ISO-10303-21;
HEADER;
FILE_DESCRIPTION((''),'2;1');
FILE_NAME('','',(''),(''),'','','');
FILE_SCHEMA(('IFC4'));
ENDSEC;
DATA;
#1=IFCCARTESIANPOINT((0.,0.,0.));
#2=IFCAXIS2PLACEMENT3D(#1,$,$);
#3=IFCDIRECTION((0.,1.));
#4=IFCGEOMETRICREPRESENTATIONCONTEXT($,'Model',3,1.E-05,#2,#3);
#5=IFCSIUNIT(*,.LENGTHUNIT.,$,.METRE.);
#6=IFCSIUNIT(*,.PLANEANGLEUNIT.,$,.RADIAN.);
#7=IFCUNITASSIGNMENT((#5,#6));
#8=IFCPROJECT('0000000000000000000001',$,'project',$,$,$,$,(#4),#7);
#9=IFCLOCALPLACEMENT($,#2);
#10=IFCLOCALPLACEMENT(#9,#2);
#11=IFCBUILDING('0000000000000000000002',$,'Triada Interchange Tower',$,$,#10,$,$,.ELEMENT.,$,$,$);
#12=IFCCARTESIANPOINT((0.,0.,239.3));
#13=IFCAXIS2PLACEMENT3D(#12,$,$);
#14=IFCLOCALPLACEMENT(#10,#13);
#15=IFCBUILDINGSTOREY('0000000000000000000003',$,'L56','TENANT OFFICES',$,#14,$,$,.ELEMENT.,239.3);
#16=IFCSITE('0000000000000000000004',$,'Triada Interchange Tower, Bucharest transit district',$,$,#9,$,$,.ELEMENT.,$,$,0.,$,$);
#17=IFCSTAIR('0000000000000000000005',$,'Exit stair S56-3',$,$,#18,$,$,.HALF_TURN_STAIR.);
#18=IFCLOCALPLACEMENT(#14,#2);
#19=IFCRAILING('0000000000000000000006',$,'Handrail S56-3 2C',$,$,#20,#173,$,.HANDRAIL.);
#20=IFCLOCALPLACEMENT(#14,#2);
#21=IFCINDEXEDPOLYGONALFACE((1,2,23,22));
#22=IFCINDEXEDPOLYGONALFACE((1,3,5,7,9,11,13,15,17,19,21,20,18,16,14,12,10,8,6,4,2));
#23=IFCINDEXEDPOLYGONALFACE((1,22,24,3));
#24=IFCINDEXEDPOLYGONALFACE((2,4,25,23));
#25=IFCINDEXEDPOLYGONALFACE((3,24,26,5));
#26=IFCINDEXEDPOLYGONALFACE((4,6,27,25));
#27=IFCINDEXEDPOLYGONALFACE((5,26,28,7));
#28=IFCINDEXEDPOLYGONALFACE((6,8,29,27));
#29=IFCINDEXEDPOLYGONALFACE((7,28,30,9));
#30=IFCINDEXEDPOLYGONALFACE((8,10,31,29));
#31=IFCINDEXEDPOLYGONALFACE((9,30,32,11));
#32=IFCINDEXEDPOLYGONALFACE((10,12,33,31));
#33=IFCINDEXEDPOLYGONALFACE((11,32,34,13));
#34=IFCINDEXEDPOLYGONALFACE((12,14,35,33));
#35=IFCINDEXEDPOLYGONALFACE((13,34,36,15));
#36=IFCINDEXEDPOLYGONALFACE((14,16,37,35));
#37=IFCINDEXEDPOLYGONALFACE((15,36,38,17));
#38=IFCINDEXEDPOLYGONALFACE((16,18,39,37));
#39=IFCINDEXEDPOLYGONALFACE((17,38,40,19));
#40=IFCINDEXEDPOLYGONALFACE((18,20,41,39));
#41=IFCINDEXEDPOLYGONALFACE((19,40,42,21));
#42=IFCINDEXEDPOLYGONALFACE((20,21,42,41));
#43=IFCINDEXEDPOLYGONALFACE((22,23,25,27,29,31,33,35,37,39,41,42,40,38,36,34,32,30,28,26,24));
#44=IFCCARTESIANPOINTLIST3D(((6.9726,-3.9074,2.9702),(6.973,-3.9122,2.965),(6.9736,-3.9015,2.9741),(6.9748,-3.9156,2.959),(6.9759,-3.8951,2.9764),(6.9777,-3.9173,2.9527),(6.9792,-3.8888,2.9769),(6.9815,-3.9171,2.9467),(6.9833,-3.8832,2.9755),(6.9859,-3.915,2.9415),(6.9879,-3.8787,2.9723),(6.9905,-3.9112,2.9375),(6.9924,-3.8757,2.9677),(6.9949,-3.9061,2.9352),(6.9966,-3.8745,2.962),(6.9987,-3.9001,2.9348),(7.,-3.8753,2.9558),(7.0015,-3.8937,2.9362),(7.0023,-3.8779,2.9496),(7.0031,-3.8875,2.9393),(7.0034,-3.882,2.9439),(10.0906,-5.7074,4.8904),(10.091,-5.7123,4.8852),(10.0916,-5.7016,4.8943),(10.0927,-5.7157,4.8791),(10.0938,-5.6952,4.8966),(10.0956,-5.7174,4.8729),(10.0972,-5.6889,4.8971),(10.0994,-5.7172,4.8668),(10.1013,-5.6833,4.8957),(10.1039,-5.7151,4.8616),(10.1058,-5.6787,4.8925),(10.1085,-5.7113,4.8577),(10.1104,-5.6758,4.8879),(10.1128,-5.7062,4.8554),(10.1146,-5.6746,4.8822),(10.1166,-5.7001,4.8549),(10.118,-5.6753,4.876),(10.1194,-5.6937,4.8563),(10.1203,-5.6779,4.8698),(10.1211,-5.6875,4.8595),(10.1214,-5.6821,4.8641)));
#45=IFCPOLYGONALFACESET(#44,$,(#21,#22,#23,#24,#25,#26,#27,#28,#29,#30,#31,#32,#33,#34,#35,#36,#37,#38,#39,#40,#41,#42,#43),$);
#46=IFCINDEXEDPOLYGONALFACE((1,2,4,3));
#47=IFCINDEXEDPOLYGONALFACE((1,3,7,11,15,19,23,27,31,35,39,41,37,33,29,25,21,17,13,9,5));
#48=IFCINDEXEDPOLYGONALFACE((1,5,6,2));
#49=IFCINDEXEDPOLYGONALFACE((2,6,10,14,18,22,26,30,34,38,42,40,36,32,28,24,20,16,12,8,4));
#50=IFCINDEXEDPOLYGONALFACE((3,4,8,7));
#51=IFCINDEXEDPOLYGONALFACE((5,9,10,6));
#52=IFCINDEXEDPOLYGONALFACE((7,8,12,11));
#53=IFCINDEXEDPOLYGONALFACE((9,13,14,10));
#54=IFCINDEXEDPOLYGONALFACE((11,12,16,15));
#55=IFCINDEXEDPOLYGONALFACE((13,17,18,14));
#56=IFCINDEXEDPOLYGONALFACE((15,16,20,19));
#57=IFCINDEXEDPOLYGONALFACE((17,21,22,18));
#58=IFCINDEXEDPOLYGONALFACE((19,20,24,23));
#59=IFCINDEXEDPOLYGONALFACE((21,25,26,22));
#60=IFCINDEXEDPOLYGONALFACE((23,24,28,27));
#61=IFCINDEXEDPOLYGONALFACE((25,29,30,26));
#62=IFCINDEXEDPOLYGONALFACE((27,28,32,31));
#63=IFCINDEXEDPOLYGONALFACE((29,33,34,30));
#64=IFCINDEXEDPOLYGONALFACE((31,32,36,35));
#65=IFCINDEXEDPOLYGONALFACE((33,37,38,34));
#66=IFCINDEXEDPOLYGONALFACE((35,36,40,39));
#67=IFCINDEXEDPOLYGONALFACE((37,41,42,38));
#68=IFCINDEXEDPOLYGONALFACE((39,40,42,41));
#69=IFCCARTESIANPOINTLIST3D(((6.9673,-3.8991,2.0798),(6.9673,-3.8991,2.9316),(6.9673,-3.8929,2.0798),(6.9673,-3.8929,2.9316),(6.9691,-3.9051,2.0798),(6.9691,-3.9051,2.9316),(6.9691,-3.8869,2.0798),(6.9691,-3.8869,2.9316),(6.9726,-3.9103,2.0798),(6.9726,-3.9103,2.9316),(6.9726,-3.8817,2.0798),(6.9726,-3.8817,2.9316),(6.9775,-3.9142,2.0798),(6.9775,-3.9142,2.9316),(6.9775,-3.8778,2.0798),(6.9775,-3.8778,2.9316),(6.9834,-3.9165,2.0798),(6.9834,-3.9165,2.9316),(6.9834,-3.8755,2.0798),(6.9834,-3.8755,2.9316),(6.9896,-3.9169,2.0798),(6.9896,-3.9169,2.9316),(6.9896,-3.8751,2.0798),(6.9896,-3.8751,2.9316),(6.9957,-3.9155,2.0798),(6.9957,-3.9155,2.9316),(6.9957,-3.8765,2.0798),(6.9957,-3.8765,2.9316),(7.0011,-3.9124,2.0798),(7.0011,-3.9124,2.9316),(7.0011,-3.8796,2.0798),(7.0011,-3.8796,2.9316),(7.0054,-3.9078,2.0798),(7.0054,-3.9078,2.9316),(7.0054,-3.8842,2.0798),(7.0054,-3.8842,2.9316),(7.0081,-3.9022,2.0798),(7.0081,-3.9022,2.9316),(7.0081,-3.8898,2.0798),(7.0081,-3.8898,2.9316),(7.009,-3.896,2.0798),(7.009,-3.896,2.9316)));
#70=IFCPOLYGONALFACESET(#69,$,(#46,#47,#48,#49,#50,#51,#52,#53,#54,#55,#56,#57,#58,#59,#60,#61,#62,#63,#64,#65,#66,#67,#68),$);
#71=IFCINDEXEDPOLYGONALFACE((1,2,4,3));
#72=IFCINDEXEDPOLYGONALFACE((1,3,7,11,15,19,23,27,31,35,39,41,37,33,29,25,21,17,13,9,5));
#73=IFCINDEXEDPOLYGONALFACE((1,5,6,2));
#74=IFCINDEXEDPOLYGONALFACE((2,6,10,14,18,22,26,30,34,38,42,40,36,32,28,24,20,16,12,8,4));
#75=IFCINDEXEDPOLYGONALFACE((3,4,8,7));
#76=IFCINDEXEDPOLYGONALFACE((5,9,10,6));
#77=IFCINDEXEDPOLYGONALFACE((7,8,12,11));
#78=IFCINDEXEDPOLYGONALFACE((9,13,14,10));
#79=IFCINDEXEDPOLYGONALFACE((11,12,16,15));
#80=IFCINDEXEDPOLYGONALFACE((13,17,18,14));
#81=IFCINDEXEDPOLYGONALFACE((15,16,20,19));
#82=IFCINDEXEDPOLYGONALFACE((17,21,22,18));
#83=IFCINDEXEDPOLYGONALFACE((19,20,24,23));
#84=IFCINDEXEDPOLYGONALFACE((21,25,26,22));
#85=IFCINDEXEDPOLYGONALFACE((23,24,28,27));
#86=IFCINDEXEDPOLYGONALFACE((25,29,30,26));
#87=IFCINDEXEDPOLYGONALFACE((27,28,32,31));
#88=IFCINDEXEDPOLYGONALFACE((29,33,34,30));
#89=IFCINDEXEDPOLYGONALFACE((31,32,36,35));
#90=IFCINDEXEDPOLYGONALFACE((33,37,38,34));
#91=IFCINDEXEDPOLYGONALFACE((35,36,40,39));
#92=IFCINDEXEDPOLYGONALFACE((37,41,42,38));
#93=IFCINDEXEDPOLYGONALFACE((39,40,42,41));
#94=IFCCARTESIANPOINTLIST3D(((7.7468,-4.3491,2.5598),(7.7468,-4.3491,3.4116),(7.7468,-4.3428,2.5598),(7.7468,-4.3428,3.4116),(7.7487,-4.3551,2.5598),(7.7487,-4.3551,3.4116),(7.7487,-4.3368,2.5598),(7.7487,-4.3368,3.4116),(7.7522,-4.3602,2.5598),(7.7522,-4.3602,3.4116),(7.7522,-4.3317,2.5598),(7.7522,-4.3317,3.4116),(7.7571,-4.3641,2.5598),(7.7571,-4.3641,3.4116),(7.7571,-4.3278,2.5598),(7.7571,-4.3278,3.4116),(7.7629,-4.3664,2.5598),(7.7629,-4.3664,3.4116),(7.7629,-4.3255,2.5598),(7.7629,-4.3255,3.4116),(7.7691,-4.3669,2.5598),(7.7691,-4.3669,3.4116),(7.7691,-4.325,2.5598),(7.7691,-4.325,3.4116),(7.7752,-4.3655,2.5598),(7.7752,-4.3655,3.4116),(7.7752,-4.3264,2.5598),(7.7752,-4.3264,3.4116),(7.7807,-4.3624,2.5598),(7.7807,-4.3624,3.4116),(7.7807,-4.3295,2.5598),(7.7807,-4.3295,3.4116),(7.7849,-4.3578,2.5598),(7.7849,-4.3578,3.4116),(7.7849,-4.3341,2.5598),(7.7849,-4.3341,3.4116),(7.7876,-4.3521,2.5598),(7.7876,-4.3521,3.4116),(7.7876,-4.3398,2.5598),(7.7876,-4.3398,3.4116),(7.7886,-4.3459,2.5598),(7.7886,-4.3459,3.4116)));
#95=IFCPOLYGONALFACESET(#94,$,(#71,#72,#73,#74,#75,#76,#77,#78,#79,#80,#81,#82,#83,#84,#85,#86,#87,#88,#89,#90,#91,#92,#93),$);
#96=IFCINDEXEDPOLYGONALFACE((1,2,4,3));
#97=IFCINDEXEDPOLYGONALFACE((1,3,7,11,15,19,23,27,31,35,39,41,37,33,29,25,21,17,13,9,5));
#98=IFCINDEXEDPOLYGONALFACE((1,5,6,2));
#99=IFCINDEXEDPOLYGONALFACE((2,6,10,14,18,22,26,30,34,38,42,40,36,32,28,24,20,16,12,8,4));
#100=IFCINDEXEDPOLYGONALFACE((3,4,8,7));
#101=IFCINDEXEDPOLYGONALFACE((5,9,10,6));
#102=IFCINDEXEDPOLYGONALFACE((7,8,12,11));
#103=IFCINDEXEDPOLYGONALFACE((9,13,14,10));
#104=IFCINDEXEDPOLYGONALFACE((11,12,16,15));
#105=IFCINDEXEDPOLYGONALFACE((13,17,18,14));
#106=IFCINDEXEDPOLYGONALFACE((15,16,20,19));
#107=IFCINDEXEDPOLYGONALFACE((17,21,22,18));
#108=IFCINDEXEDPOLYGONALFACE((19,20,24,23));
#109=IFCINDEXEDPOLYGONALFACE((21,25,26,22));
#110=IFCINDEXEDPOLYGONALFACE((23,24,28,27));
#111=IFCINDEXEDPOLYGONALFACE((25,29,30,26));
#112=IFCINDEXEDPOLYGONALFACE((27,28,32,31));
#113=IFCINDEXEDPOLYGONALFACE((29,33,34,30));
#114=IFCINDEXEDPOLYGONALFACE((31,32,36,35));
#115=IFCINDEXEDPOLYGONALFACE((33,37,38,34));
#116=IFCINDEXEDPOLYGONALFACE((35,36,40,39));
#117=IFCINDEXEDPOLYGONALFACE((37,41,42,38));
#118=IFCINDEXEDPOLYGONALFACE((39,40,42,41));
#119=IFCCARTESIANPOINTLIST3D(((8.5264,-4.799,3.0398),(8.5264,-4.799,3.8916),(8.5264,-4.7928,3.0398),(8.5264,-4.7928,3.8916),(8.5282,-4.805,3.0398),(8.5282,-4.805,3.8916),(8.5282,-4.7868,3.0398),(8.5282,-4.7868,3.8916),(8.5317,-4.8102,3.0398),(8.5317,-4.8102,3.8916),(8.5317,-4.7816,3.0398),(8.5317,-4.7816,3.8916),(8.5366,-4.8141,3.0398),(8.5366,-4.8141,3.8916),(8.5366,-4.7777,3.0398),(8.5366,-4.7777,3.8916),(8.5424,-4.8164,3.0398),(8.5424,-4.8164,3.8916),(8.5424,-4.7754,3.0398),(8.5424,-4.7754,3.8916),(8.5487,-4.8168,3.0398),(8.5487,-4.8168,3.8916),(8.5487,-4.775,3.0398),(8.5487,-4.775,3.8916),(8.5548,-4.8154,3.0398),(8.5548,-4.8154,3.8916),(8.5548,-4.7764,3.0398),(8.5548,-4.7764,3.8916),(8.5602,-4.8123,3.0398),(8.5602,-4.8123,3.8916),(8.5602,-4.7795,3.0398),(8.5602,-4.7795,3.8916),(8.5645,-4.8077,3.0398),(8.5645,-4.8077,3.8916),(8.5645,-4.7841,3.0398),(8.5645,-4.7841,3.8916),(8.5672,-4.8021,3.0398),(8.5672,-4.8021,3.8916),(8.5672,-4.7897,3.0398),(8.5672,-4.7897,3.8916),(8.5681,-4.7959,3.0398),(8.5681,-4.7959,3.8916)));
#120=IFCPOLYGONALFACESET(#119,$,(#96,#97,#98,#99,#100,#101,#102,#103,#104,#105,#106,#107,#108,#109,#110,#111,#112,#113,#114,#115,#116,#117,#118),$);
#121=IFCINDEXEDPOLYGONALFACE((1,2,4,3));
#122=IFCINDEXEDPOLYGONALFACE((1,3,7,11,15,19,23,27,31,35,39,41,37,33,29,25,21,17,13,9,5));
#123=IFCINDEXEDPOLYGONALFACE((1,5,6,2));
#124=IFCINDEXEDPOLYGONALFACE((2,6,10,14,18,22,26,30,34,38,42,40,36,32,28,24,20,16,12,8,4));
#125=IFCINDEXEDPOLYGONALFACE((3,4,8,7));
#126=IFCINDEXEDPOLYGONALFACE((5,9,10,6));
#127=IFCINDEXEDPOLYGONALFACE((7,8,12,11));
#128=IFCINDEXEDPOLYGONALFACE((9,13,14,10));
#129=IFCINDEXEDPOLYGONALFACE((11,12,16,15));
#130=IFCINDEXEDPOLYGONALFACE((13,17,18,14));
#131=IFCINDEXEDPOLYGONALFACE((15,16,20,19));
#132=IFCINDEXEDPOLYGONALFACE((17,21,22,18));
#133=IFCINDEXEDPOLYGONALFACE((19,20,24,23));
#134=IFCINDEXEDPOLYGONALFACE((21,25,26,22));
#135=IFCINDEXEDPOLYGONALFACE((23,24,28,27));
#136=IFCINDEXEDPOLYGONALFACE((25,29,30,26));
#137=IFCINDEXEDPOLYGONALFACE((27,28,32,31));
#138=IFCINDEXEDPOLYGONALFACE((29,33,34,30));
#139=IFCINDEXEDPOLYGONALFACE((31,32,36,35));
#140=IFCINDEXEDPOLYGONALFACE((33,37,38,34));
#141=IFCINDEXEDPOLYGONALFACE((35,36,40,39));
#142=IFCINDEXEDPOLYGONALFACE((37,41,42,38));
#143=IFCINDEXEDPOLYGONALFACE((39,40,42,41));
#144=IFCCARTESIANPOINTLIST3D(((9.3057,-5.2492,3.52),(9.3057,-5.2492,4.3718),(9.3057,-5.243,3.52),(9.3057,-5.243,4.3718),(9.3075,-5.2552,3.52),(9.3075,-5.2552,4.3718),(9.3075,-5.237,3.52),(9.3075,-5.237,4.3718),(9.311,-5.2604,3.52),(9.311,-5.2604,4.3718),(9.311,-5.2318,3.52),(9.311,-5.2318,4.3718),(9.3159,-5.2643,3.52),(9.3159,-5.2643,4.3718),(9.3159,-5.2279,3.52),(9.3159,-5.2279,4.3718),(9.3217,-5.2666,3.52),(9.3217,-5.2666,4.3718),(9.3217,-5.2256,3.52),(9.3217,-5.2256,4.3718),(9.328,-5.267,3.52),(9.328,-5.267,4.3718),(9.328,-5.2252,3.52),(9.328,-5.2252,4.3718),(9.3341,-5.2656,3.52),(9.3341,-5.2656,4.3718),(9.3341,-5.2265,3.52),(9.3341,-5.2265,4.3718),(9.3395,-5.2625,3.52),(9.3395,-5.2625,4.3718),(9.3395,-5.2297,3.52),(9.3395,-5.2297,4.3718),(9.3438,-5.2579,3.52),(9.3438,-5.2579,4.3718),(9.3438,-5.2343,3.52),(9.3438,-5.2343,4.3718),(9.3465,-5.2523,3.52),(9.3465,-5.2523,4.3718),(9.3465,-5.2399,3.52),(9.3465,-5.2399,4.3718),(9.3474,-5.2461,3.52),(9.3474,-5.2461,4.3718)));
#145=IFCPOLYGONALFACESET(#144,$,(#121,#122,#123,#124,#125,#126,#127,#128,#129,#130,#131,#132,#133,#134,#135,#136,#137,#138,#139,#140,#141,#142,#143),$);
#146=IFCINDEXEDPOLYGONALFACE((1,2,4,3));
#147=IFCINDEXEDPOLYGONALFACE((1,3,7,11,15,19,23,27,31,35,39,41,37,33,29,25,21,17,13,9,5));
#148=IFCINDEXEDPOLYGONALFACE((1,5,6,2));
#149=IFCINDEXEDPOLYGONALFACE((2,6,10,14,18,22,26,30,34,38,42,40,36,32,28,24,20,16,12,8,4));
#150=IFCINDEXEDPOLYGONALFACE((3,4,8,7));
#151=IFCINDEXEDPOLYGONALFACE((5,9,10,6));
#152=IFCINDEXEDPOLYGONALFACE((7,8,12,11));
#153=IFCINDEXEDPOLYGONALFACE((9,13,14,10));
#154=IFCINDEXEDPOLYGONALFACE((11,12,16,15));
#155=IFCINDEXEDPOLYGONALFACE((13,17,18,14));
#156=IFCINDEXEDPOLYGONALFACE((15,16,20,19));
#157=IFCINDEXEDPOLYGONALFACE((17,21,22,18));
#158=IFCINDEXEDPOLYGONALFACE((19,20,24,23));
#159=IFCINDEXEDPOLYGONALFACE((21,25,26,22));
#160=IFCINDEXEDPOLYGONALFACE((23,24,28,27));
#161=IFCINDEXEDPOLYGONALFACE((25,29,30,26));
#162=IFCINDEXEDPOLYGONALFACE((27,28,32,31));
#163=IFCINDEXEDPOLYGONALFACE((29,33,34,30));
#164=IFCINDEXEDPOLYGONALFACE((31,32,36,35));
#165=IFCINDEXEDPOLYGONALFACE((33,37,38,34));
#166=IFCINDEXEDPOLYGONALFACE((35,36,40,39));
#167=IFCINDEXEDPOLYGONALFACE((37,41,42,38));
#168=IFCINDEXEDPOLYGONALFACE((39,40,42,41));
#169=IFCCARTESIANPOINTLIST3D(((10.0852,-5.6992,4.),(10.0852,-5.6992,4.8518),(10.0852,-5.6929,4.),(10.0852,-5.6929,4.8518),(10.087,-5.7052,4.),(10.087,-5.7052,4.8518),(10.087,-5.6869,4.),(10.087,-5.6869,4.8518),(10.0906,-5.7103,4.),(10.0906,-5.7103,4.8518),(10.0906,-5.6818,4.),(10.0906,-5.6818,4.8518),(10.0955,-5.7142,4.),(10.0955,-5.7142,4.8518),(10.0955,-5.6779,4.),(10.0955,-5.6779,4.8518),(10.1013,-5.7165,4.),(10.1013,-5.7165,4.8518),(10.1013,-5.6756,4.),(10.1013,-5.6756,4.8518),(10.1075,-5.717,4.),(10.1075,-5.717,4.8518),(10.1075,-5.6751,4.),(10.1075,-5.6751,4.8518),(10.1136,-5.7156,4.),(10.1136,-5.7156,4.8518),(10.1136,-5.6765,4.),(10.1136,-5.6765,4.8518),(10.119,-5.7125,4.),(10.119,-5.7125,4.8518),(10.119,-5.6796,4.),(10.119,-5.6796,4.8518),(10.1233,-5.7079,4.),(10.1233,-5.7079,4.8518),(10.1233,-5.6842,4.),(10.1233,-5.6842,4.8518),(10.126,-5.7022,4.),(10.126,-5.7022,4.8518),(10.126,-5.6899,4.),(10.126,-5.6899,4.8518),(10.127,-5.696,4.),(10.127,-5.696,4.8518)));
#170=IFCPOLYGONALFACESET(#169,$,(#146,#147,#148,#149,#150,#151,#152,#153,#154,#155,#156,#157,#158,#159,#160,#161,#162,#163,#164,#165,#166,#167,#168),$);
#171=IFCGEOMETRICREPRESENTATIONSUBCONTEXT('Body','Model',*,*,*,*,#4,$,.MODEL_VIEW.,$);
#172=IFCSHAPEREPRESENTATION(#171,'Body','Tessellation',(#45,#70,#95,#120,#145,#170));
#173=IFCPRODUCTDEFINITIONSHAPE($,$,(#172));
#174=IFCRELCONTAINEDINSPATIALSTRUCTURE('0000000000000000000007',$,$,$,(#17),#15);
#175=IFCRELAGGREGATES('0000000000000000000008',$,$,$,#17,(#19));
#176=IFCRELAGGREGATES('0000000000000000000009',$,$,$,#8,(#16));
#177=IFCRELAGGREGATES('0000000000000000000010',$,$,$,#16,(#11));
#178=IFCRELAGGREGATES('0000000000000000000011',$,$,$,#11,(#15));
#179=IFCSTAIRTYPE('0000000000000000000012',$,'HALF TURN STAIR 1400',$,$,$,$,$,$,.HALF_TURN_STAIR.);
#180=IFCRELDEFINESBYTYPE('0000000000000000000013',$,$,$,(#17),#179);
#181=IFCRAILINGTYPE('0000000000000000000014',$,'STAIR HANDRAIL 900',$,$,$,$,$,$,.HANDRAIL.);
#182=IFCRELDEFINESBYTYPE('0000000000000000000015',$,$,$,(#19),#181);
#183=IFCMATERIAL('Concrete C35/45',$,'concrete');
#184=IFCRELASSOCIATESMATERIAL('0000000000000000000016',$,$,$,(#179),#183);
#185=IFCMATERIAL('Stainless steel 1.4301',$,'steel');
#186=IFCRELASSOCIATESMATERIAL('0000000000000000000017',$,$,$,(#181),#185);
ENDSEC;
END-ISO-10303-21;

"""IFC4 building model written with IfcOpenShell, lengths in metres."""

from ifc_helpers import new_model, si_unit, direction, frame, origin, origin_2d, place, context, subcontext, project, spatial, circle, extrude, material, type_object, element, aggregate, save


model = new_model("IFC4")

# Units and contexts
model_context = context("Model", 3, precision=1e-05, world=origin(), true_north=direction((0.0, 1.0)))
body_context = subcontext(model_context, "Body", "Model", "MODEL_VIEW")
ifc_project = project(units=[si_unit("LENGTHUNIT", "METRE"), si_unit("PLANEANGLEUNIT", "RADIAN")], contexts=[model_context])

# Site, building, storey
site_placement = place(None, origin())
site = spatial("IfcSite", under=ifc_project, at=site_placement, Name="Triada Interchange Tower, Bucharest transit district", CompositionType="ELEMENT", RefElevation=0.0)
building_placement = place(site_placement, origin())
building = spatial("IfcBuilding", under=site, at=building_placement, Name="Triada Interchange Tower", CompositionType="ELEMENT")
storey_placement = place(building_placement, frame((0.0, 0.0, 239.3)))
storey = spatial("IfcBuildingStorey", under=building, at=storey_placement, Name="L56", Description="TENANT OFFICES", CompositionType="ELEMENT", Elevation=239.3)

# Stair, railing
ifc_material_1 = material(Name="Concrete C35/45", Category="concrete")
stair_type = type_object("IfcStairType", Name="HALF TURN STAIR 1400", PredefinedType="HALF_TURN_STAIR", material=ifc_material_1)
stair_placement = place(storey_placement, origin())
stair = element("IfcStair", 1, at=stair_placement, inside=storey, type_object=stair_type, Name="Exit stair S56-3", PredefinedType="HALF_TURN_STAIR")
ifc_material_2 = material(Name="Stainless steel 1.4301", Category="steel")
railing_type = type_object("IfcRailingType", Name="STAIR HANDRAIL 900", PredefinedType="HANDRAIL", material=ifc_material_2)
railing_1_placement = place(storey_placement, frame((6.988, -3.896, 2.0798)))
railing_1 = element("IfcRailing", 2, at=railing_1_placement, type_object=railing_type, Name="Handrail S56-3 2C", PredefinedType="HANDRAIL", context=body_context, shape_type="SweptSolid", body=[
    extrude(circle(Radius=0.0239, at=origin_2d()), frame((0.0, 0.0, 0.876), z_axis=(0.764145, -0.441159, 0.470597), x_axis=(0.499983, 0.866035, 0.0)), (0.0, 0.0, 1.0), 4.0803),
    extrude(circle(Radius=0.021, at=origin_2d()), origin(), (0.0, 0.0, 1.0), 0.8518),
    extrude(circle(Radius=0.021, at=origin_2d()), frame((0.7795, -0.45, 0.48)), (0.0, 0.0, 1.0), 0.8518),
    extrude(circle(Radius=0.021, at=origin_2d()), frame((1.5591, -0.8999, 0.96)), (0.0, 0.0, 1.0), 0.8518),
    extrude(circle(Radius=0.021, at=origin_2d()), frame((2.3384, -1.3501, 1.4402)), (0.0, 0.0, 1.0), 0.8518),
    extrude(circle(Radius=0.021, at=origin_2d()), frame((3.1179, -1.8, 1.9202)), (0.0, 0.0, 1.0), 0.8518),
])
aggregate(stair, [railing_1])

save(model, "model.ifc")
